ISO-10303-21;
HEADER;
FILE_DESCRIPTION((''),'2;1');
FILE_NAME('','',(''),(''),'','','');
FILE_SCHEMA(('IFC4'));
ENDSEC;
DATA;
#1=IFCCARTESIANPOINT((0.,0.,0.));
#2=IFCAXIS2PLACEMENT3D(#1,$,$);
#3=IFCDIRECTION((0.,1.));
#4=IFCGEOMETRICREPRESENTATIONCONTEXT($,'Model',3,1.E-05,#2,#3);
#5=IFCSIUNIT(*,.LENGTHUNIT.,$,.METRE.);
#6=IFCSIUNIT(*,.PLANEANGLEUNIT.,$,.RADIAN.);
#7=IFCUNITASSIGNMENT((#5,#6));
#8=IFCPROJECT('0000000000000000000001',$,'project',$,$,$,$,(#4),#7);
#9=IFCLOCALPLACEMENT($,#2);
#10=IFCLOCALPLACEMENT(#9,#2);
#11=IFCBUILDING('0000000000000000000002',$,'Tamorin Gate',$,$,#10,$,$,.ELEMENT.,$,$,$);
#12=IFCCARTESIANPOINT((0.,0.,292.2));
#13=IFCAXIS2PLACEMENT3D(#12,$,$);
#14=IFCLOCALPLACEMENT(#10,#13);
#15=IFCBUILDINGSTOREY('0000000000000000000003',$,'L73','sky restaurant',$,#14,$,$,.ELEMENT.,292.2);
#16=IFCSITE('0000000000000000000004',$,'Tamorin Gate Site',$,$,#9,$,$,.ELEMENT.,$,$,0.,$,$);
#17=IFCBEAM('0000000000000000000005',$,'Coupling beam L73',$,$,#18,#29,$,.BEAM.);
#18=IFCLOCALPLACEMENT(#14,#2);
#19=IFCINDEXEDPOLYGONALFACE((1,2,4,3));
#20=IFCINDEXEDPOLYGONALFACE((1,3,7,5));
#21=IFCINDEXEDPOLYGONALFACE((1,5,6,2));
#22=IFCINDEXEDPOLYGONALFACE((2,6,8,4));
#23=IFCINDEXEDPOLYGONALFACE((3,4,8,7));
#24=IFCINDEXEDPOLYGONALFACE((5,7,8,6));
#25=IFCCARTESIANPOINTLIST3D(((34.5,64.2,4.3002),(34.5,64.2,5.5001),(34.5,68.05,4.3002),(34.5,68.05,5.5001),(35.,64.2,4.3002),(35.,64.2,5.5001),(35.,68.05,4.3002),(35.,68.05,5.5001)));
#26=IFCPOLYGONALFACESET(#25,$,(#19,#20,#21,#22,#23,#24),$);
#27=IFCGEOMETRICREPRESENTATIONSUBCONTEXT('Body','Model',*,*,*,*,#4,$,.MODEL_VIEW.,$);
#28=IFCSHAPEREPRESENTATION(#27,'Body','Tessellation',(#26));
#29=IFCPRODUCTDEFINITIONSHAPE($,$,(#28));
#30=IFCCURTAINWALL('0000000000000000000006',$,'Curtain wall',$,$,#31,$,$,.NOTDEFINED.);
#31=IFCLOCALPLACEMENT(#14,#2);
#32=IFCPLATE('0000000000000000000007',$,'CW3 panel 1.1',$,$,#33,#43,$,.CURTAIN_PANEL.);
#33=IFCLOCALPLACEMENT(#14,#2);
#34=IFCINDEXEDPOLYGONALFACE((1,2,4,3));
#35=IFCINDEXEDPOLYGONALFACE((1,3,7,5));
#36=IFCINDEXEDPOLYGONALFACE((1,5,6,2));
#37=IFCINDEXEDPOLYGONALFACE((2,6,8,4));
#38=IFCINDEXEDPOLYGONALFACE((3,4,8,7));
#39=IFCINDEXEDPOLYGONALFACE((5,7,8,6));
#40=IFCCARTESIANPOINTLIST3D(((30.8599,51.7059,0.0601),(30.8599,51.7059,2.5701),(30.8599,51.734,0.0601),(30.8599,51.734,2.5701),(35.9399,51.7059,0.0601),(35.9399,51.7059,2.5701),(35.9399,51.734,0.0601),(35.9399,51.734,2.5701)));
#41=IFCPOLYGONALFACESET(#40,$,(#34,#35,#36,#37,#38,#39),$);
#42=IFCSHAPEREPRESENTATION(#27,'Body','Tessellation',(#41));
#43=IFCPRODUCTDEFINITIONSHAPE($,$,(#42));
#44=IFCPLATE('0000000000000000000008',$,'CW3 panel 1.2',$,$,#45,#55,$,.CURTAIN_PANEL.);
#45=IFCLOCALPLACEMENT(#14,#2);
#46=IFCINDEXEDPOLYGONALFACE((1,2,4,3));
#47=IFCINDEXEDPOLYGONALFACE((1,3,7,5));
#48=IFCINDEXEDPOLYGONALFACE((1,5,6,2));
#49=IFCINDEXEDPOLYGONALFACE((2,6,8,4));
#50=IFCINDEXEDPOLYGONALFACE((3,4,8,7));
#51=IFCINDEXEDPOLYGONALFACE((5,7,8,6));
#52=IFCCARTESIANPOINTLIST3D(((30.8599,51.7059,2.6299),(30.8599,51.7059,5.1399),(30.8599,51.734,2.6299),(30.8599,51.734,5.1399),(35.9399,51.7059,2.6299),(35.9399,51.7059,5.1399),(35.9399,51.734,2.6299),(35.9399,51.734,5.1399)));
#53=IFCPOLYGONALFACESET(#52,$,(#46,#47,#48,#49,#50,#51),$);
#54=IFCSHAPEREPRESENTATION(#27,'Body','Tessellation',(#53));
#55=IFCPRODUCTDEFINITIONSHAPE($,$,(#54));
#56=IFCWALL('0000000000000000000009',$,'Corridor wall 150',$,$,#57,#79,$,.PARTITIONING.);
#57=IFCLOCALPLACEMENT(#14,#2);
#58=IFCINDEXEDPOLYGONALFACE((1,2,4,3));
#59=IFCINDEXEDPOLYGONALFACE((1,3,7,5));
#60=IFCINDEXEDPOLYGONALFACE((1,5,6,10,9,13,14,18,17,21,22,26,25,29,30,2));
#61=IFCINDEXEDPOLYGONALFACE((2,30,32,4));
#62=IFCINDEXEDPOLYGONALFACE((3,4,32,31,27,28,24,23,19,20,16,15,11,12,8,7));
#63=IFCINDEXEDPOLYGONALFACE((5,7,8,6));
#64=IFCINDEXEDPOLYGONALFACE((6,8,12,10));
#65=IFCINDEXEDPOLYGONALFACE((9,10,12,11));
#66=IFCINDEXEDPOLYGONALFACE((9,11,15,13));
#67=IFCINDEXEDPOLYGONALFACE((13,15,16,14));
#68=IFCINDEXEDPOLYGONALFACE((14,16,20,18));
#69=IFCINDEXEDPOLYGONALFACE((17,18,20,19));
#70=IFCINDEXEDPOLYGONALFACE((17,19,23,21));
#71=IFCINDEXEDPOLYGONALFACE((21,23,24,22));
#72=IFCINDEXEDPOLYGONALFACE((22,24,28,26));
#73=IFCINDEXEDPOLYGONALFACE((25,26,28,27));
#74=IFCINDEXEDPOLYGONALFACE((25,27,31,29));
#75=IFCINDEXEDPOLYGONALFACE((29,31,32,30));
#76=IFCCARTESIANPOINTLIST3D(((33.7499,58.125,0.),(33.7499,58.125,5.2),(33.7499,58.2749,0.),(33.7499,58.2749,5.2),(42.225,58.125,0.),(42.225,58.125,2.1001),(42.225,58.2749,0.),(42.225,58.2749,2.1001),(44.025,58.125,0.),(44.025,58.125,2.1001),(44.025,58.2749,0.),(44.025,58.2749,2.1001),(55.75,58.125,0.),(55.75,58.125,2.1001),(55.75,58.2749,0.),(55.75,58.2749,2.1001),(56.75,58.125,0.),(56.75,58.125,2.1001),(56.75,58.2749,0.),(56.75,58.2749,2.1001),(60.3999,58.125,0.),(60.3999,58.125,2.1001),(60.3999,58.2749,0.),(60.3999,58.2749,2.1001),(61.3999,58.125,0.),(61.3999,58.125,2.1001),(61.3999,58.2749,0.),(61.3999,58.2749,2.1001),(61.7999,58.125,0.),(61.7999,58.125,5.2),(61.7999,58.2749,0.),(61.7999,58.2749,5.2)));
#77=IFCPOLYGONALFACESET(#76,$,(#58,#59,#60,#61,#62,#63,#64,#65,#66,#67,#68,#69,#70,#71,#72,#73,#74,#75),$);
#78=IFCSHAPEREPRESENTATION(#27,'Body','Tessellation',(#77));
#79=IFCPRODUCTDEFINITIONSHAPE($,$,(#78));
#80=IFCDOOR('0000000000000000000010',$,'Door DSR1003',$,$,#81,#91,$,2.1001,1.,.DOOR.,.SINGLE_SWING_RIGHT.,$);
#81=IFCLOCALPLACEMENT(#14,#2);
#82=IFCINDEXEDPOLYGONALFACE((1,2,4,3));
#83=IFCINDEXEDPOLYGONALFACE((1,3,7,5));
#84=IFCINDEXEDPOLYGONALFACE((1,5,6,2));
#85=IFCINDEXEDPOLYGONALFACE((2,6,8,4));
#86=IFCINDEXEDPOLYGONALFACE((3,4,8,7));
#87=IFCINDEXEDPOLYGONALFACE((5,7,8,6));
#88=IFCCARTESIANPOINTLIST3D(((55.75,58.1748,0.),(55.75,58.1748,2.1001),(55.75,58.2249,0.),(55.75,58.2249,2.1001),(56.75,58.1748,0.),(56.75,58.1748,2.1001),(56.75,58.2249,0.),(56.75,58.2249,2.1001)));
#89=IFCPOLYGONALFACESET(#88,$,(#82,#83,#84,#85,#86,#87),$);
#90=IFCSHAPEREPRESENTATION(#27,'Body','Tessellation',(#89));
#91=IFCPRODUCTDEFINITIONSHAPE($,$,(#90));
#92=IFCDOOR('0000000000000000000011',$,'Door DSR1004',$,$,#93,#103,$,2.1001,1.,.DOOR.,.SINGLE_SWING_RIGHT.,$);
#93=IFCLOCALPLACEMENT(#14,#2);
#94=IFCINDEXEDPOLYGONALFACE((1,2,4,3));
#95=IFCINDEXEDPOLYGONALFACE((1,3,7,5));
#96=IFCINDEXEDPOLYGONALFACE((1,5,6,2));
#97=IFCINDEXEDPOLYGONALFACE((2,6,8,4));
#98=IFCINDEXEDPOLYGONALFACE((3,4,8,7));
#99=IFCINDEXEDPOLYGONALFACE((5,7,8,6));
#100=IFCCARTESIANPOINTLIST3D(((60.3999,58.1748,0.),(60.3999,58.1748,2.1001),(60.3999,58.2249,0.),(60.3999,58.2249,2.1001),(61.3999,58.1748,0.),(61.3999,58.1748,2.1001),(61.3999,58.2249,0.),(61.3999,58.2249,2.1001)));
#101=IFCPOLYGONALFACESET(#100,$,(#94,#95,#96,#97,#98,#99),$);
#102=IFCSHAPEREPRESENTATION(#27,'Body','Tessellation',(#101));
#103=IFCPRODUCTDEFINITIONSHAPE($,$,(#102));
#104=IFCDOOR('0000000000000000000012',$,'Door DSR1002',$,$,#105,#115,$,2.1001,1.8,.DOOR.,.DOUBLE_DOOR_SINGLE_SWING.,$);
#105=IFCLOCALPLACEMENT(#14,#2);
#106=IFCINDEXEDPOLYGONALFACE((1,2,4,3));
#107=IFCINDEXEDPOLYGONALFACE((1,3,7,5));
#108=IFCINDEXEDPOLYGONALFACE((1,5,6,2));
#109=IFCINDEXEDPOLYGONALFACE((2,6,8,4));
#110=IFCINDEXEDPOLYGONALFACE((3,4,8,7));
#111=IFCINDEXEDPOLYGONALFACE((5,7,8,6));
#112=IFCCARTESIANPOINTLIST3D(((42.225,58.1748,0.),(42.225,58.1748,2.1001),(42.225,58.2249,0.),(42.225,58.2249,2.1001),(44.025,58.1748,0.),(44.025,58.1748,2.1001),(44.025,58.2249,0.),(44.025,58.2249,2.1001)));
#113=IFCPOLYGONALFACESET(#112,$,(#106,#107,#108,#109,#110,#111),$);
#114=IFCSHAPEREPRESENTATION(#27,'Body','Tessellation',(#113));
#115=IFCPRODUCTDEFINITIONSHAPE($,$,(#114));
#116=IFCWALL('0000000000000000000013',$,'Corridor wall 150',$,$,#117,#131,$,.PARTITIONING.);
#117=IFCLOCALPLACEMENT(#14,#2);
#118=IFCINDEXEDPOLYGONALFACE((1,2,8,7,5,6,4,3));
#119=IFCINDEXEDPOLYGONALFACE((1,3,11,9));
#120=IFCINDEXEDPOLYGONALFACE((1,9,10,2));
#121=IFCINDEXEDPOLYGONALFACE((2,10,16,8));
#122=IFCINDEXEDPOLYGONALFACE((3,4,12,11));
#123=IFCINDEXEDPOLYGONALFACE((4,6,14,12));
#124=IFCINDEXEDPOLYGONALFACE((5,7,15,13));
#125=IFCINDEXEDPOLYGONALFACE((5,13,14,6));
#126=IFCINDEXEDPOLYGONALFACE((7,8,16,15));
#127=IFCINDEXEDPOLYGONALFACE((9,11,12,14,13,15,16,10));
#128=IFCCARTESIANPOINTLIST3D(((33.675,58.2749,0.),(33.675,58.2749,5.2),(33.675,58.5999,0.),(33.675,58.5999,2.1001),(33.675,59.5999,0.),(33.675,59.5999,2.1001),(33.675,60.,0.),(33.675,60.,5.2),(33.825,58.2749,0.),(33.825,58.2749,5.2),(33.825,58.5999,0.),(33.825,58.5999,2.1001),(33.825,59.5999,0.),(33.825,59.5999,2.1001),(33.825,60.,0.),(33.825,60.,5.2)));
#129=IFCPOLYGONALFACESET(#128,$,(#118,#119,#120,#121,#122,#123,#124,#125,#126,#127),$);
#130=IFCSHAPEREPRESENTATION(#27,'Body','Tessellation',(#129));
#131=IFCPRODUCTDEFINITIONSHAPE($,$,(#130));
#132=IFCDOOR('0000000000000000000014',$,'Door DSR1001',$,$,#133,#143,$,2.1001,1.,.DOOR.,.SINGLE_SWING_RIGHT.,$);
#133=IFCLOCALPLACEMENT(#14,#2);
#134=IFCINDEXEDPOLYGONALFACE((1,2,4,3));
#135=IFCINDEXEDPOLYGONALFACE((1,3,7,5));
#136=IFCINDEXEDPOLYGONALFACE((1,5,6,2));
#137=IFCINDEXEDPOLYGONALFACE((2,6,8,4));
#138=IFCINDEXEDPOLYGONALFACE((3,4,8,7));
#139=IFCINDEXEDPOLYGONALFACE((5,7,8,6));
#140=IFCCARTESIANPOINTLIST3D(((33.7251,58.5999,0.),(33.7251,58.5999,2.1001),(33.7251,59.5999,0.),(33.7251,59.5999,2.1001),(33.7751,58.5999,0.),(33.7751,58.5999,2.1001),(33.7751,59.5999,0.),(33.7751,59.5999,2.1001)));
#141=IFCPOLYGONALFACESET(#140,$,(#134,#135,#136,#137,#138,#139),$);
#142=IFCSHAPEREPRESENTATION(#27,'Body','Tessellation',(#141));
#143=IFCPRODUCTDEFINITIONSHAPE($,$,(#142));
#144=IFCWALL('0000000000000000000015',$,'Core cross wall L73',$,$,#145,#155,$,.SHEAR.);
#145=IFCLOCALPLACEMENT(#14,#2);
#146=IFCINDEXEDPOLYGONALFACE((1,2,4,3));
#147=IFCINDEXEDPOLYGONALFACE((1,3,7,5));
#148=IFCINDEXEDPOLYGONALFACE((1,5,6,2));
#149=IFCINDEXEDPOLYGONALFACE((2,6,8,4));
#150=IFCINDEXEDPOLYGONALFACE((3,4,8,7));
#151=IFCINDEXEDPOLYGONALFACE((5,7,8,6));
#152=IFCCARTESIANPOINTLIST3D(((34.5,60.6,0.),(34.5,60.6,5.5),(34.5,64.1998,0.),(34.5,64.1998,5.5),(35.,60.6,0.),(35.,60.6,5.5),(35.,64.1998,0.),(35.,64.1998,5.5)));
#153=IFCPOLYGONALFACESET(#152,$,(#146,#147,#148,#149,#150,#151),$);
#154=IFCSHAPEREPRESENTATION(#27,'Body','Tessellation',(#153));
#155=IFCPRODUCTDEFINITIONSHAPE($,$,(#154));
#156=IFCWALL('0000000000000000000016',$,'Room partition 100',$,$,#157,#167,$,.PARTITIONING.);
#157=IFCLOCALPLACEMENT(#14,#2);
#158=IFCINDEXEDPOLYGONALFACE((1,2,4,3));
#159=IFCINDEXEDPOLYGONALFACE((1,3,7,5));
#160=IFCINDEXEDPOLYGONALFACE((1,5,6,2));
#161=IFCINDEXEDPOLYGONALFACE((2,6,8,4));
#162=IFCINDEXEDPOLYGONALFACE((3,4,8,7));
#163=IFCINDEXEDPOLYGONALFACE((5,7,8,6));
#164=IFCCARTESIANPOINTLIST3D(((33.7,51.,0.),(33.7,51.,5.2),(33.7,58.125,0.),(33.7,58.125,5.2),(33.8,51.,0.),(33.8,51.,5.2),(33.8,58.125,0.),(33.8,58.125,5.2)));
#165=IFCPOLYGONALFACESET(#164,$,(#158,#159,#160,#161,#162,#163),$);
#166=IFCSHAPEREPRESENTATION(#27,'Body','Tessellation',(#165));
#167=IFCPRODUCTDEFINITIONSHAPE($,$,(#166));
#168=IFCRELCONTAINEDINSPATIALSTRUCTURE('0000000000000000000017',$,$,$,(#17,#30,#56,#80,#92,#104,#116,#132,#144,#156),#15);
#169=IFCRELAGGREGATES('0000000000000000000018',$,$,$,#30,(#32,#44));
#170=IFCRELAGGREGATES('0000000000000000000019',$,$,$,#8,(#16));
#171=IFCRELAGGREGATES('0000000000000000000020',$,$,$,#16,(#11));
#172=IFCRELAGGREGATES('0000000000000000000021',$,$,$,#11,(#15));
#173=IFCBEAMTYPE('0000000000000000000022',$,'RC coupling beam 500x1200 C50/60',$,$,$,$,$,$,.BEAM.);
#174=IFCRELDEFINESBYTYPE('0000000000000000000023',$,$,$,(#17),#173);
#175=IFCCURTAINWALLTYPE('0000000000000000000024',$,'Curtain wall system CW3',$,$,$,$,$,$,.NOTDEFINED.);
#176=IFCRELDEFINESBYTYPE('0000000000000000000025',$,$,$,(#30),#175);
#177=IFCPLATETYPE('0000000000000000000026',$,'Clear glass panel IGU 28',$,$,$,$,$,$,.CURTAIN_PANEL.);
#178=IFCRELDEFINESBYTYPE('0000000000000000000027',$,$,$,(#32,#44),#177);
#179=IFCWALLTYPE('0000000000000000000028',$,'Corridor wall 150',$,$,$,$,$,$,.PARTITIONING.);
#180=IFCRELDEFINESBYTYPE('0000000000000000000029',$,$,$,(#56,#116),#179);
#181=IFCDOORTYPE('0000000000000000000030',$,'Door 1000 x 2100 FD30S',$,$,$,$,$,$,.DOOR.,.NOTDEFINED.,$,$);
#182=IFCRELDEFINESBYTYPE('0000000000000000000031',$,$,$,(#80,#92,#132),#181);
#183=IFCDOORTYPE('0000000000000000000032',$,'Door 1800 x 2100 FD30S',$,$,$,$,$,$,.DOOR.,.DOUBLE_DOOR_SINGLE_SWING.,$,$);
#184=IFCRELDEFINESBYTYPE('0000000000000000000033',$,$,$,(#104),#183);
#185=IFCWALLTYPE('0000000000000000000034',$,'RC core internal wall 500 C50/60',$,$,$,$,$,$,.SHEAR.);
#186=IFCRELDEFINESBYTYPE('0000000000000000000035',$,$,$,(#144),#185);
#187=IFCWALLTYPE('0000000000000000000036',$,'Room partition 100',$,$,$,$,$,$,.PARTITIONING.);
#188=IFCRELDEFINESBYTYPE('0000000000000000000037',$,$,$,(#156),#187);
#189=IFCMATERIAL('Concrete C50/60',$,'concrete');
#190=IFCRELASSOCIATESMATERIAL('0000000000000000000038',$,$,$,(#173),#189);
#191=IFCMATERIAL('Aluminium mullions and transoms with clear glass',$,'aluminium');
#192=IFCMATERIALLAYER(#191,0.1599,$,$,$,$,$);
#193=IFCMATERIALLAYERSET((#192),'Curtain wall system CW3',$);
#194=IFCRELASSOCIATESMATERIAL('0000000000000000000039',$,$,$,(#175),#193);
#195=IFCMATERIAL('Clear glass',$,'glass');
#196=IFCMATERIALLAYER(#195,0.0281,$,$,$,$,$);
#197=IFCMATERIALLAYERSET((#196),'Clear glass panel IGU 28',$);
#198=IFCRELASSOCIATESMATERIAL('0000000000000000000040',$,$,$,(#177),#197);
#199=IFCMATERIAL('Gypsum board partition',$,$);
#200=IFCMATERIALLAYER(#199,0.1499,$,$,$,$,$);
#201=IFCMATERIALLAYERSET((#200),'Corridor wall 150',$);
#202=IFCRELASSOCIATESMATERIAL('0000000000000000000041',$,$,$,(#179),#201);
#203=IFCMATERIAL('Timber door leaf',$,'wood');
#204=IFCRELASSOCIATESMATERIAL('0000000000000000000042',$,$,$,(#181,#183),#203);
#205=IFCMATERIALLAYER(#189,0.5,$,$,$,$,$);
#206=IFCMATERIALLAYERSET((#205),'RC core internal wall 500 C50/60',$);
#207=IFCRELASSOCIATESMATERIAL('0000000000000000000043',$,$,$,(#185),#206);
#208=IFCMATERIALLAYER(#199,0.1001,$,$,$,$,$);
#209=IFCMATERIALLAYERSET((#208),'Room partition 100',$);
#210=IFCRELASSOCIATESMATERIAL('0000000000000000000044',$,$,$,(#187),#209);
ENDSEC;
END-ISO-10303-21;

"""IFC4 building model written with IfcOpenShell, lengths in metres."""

from ifc_helpers import new_model, si_unit, direction, frame, frame_2d, origin, origin_2d, place, context, subcontext, project, spatial, rectangle, extrude, material, layer, layer_set, material_profile, profile_set, type_object, element, fill, aggregate, save


model = new_model("IFC4")

# Units and contexts
model_context = context("Model", 3, precision=1e-05, world=origin(), true_north=direction((0.0, 1.0)))
body_context = subcontext(model_context, "Body", "Model", "MODEL_VIEW")
ifc_project = project(units=[si_unit("LENGTHUNIT", "METRE"), si_unit("PLANEANGLEUNIT", "RADIAN")], contexts=[model_context])

# Site, building, storey
site_placement = place(None, origin())
site = spatial("IfcSite", under=ifc_project, at=site_placement, Name="Tamorin Gate Site", CompositionType="ELEMENT", RefElevation=0.0)
building_placement = place(site_placement, origin())
building = spatial("IfcBuilding", under=site, at=building_placement, Name="Tamorin Gate", CompositionType="ELEMENT")
storey_placement = place(building_placement, frame((0.0, 0.0, 292.2)))
storey = spatial("IfcBuildingStorey", under=building, at=storey_placement, Name="L73", Description="sky restaurant", CompositionType="ELEMENT", Elevation=292.2)

# Beam
ifc_material_1 = material(Name="Concrete C50/60", Category="concrete")
ifc_material_profile = material_profile(ifc_material_1, rectangle(XDim=0.5, YDim=1.2, at=origin_2d()), Name="RC 500x1200")
ifc_profile_set = profile_set([ifc_material_profile], Name="Concrete C50/60")
beam_type = type_object("IfcBeamType", Name="RC coupling beam 500x1200 C50/60", PredefinedType="BEAM", material=ifc_profile_set)
beam_placement = place(storey_placement, frame((34.75, 64.2, 4.9001), z_axis=(0.0, 1.0, 0.0), x_axis=(-1.0, 0.0, 0.0)))
element("IfcBeam", 1, at=beam_placement, inside=storey, type_object=beam_type, Name="Coupling beam L73", PredefinedType="BEAM", context=body_context, shape_type="SweptSolid", body=[
    extrude(rectangle(XDim=0.5, YDim=1.2, at=origin_2d()), origin(), (0.0, 0.0, 1.0), 3.8501),
])

# Curtain wall, plates
ifc_material_2 = material(Name="Aluminium mullions and transoms with clear glass", Category="aluminium")
ifc_layer_1 = layer(ifc_material_2, 0.1599)
ifc_layer_set_1 = layer_set([ifc_layer_1], Name="Curtain wall system CW3")
curtain_wall_type = type_object("IfcCurtainWallType", Name="Curtain wall system CW3", PredefinedType="NOTDEFINED", material=ifc_layer_set_1)
curtain_wall_placement = place(storey_placement, origin())
curtain_wall = element("IfcCurtainWall", 2, at=curtain_wall_placement, inside=storey, type_object=curtain_wall_type, Name="Curtain wall", PredefinedType="NOTDEFINED")
ifc_material_3 = material(Name="Clear glass", Category="glass")
ifc_layer_2 = layer(ifc_material_3, 0.0281)
ifc_layer_set_2 = layer_set([ifc_layer_2], Name="Clear glass panel IGU 28")
plate_type = type_object("IfcPlateType", Name="Clear glass panel IGU 28", PredefinedType="CURTAIN_PANEL", material=ifc_layer_set_2)
plate_1_placement = place(storey_placement, frame((33.3999, 51.72, 0.0601), z_axis=(0.0, 0.0, 1.0), x_axis=(1.0, 0.0, 0.0)))
plate_1 = element("IfcPlate", 3, at=plate_1_placement, type_object=plate_type, Name="CW3 panel 1.1", PredefinedType="CURTAIN_PANEL", context=body_context, shape_type="SweptSolid", body=[
    extrude(rectangle(XDim=5.0801, YDim=0.0281, at=origin_2d()), origin(), (0.0, 0.0, 1.0), 2.51),
])
plate_2_placement = place(storey_placement, frame((33.3999, 51.72, 2.6299), z_axis=(0.0, 0.0, 1.0), x_axis=(1.0, 0.0, 0.0)))
plate_2 = element("IfcPlate", 4, at=plate_2_placement, type_object=plate_type, Name="CW3 panel 1.2", PredefinedType="CURTAIN_PANEL", context=body_context, shape_type="SweptSolid", body=[
    extrude(rectangle(XDim=5.0801, YDim=0.0281, at=origin_2d()), origin(), (0.0, 0.0, 1.0), 2.51),
])
aggregate(curtain_wall, [plate_1, plate_2])

# Wall, openings, doors
ifc_material_4 = material(Name="Gypsum board partition")
ifc_layer_3 = layer(ifc_material_4, 0.1499)
ifc_layer_set_3 = layer_set([ifc_layer_3], Name="Corridor wall 150")
wall_type_1 = type_object("IfcWallType", Name="Corridor wall 150", PredefinedType="PARTITIONING", material=ifc_layer_set_3)
wall_1_placement = place(storey_placement, frame((33.75, 58.2, 0.0), z_axis=(0.0, 0.0, 1.0), x_axis=(1.0, 0.0, 0.0)))
wall_1 = element("IfcWall", 5, at=wall_1_placement, inside=storey, type_object=wall_type_1, Name="Corridor wall 150", PredefinedType="PARTITIONING", context=body_context, shape_type="SweptSolid", body=[
    extrude(rectangle(XDim=28.05, YDim=0.1499, at=frame_2d((14.0249, 0.0))), origin(), (0.0, 0.0, 1.0), 5.2),
])
opening_1_placement = place(wall_1_placement, frame((8.4751, 0.0, 0.0)))
opening_1 = element("IfcOpeningElement", 6, at=opening_1_placement, cuts=wall_1, PredefinedType="OPENING", context=body_context, shape_type="SweptSolid", body=[
    extrude(rectangle(XDim=1.8, YDim=2.1001, at=frame_2d((0.8999, 1.05))), frame((0.0, 0.085, 0.0), z_axis=(0.0, -1.0, 0.0), x_axis=(1.0, 0.0, 0.0)), (0.0, 0.0, 1.0), 0.1699),
])
opening_2_placement = place(wall_1_placement, frame((22.0, 0.0, 0.0)))
opening_2 = element("IfcOpeningElement", 7, at=opening_2_placement, cuts=wall_1, PredefinedType="OPENING", context=body_context, shape_type="SweptSolid", body=[
    extrude(rectangle(XDim=1.0, YDim=2.1001, at=frame_2d((0.5, 1.05))), frame((0.0, 0.085, 0.0), z_axis=(0.0, -1.0, 0.0), x_axis=(1.0, 0.0, 0.0)), (0.0, 0.0, 1.0), 0.1699),
])
opening_3_placement = place(wall_1_placement, frame((26.6499, 0.0, 0.0)))
opening_3 = element("IfcOpeningElement", 8, at=opening_3_placement, cuts=wall_1, PredefinedType="OPENING", context=body_context, shape_type="SweptSolid", body=[
    extrude(rectangle(XDim=1.0, YDim=2.1001, at=frame_2d((0.5, 1.05))), frame((0.0, 0.085, 0.0), z_axis=(0.0, -1.0, 0.0), x_axis=(1.0, 0.0, 0.0)), (0.0, 0.0, 1.0), 0.1699),
])
ifc_material_5 = material(Name="Timber door leaf", Category="wood")
door_type_1 = type_object("IfcDoorType", Name="Door 1000 x 2100 FD30S", OperationType="NOTDEFINED", PredefinedType="DOOR", material=ifc_material_5)
door_1_placement = place(opening_2_placement, origin())
door_1 = element("IfcDoor", 9, at=door_1_placement, inside=storey, type_object=door_type_1, Name="Door DSR1003", OperationType="SINGLE_SWING_RIGHT", OverallHeight=2.1001, OverallWidth=1.0, PredefinedType="DOOR", context=body_context, shape_type="SweptSolid", body=[
    extrude(rectangle(XDim=1.0, YDim=2.1001, at=frame_2d((0.5, 1.05))), frame((0.0, 0.0249, 0.0), z_axis=(0.0, -1.0, 0.0), x_axis=(1.0, 0.0, 0.0)), (0.0, 0.0, 1.0), 0.05),
])
fill(opening_2, door_1)
door_2_placement = place(opening_3_placement, origin())
door_2 = element("IfcDoor", 10, at=door_2_placement, inside=storey, type_object=door_type_1, Name="Door DSR1004", OperationType="SINGLE_SWING_RIGHT", OverallHeight=2.1001, OverallWidth=1.0, PredefinedType="DOOR", context=body_context, shape_type="SweptSolid", body=[
    extrude(rectangle(XDim=1.0, YDim=2.1001, at=frame_2d((0.5, 1.05))), frame((0.0, 0.0249, 0.0), z_axis=(0.0, -1.0, 0.0), x_axis=(1.0, 0.0, 0.0)), (0.0, 0.0, 1.0), 0.05),
])
fill(opening_3, door_2)
door_type_2 = type_object("IfcDoorType", Name="Door 1800 x 2100 FD30S", OperationType="DOUBLE_DOOR_SINGLE_SWING", PredefinedType="DOOR", material=ifc_material_5)
door_3_placement = place(opening_1_placement, origin())
door_3 = element("IfcDoor", 11, at=door_3_placement, inside=storey, type_object=door_type_2, Name="Door DSR1002", OperationType="DOUBLE_DOOR_SINGLE_SWING", OverallHeight=2.1001, OverallWidth=1.8, PredefinedType="DOOR", context=body_context, shape_type="SweptSolid", body=[
    extrude(rectangle(XDim=1.8, YDim=2.1001, at=frame_2d((0.8999, 1.05))), frame((0.0, 0.0249, 0.0), z_axis=(0.0, -1.0, 0.0), x_axis=(1.0, 0.0, 0.0)), (0.0, 0.0, 1.0), 0.05),
])
fill(opening_1, door_3)

# Wall, opening, door
wall_2_placement = place(storey_placement, frame((33.75, 58.2749, 0.0), z_axis=(0.0, 0.0, 1.0), x_axis=(0.0, 1.0, 0.0)))
wall_2 = element("IfcWall", 12, at=wall_2_placement, inside=storey, type_object=wall_type_1, Name="Corridor wall 150", PredefinedType="PARTITIONING", context=body_context, shape_type="SweptSolid", body=[
    extrude(rectangle(XDim=1.7251, YDim=0.1499, at=frame_2d((0.8625, 0.0))), origin(), (0.0, 0.0, 1.0), 5.2),
])
opening_4_placement = place(wall_2_placement, frame((0.325, 0.0, 0.0)))
opening_4 = element("IfcOpeningElement", 13, at=opening_4_placement, cuts=wall_2, PredefinedType="OPENING", context=body_context, shape_type="SweptSolid", body=[
    extrude(rectangle(XDim=1.0, YDim=2.1001, at=frame_2d((0.5, 1.05))), frame((0.0, 0.085, 0.0), z_axis=(0.0, -1.0, 0.0), x_axis=(1.0, 0.0, 0.0)), (0.0, 0.0, 1.0), 0.1699),
])
door_4_placement = place(opening_4_placement, origin())
door_4 = element("IfcDoor", 14, at=door_4_placement, inside=storey, type_object=door_type_1, Name="Door DSR1001", OperationType="SINGLE_SWING_RIGHT", OverallHeight=2.1001, OverallWidth=1.0, PredefinedType="DOOR", context=body_context, shape_type="SweptSolid", body=[
    extrude(rectangle(XDim=1.0, YDim=2.1001, at=frame_2d((0.5, 1.05))), frame((0.0, 0.0249, 0.0), z_axis=(0.0, -1.0, 0.0), x_axis=(1.0, 0.0, 0.0)), (0.0, 0.0, 1.0), 0.05),
])
fill(opening_4, door_4)

# Walls
ifc_layer_4 = layer(ifc_material_1, 0.5)
ifc_layer_set_4 = layer_set([ifc_layer_4], Name="RC core internal wall 500 C50/60")
wall_type_2 = type_object("IfcWallType", Name="RC core internal wall 500 C50/60", PredefinedType="SHEAR", material=ifc_layer_set_4)
wall_3_placement = place(storey_placement, frame((34.75, 60.6001, 0.0), z_axis=(0.0, 0.0, 1.0), x_axis=(0.0, 1.0, 0.0)))
element("IfcWall", 15, at=wall_3_placement, inside=storey, type_object=wall_type_2, Name="Core cross wall L73", PredefinedType="SHEAR", context=body_context, shape_type="SweptSolid", body=[
    extrude(rectangle(XDim=3.5999, YDim=0.5, at=frame_2d((1.7998, 0.0))), origin(), (0.0, 0.0, 1.0), 5.5),
])
ifc_layer_5 = layer(ifc_material_4, 0.1001)
ifc_layer_set_5 = layer_set([ifc_layer_5], Name="Room partition 100")
wall_type_3 = type_object("IfcWallType", Name="Room partition 100", PredefinedType="PARTITIONING", material=ifc_layer_set_5)
wall_4_placement = place(storey_placement, frame((33.75, 51.0, 0.0), z_axis=(0.0, 0.0, 1.0), x_axis=(0.0, 1.0, 0.0)))
element("IfcWall", 16, at=wall_4_placement, inside=storey, type_object=wall_type_3, Name="Room partition 100", PredefinedType="PARTITIONING", context=body_context, shape_type="SweptSolid", body=[
    extrude(rectangle(XDim=7.125, YDim=0.1001, at=frame_2d((3.5625, 0.0))), origin(), (0.0, 0.0, 1.0), 5.2),
])

save(model, "model.ifc")
